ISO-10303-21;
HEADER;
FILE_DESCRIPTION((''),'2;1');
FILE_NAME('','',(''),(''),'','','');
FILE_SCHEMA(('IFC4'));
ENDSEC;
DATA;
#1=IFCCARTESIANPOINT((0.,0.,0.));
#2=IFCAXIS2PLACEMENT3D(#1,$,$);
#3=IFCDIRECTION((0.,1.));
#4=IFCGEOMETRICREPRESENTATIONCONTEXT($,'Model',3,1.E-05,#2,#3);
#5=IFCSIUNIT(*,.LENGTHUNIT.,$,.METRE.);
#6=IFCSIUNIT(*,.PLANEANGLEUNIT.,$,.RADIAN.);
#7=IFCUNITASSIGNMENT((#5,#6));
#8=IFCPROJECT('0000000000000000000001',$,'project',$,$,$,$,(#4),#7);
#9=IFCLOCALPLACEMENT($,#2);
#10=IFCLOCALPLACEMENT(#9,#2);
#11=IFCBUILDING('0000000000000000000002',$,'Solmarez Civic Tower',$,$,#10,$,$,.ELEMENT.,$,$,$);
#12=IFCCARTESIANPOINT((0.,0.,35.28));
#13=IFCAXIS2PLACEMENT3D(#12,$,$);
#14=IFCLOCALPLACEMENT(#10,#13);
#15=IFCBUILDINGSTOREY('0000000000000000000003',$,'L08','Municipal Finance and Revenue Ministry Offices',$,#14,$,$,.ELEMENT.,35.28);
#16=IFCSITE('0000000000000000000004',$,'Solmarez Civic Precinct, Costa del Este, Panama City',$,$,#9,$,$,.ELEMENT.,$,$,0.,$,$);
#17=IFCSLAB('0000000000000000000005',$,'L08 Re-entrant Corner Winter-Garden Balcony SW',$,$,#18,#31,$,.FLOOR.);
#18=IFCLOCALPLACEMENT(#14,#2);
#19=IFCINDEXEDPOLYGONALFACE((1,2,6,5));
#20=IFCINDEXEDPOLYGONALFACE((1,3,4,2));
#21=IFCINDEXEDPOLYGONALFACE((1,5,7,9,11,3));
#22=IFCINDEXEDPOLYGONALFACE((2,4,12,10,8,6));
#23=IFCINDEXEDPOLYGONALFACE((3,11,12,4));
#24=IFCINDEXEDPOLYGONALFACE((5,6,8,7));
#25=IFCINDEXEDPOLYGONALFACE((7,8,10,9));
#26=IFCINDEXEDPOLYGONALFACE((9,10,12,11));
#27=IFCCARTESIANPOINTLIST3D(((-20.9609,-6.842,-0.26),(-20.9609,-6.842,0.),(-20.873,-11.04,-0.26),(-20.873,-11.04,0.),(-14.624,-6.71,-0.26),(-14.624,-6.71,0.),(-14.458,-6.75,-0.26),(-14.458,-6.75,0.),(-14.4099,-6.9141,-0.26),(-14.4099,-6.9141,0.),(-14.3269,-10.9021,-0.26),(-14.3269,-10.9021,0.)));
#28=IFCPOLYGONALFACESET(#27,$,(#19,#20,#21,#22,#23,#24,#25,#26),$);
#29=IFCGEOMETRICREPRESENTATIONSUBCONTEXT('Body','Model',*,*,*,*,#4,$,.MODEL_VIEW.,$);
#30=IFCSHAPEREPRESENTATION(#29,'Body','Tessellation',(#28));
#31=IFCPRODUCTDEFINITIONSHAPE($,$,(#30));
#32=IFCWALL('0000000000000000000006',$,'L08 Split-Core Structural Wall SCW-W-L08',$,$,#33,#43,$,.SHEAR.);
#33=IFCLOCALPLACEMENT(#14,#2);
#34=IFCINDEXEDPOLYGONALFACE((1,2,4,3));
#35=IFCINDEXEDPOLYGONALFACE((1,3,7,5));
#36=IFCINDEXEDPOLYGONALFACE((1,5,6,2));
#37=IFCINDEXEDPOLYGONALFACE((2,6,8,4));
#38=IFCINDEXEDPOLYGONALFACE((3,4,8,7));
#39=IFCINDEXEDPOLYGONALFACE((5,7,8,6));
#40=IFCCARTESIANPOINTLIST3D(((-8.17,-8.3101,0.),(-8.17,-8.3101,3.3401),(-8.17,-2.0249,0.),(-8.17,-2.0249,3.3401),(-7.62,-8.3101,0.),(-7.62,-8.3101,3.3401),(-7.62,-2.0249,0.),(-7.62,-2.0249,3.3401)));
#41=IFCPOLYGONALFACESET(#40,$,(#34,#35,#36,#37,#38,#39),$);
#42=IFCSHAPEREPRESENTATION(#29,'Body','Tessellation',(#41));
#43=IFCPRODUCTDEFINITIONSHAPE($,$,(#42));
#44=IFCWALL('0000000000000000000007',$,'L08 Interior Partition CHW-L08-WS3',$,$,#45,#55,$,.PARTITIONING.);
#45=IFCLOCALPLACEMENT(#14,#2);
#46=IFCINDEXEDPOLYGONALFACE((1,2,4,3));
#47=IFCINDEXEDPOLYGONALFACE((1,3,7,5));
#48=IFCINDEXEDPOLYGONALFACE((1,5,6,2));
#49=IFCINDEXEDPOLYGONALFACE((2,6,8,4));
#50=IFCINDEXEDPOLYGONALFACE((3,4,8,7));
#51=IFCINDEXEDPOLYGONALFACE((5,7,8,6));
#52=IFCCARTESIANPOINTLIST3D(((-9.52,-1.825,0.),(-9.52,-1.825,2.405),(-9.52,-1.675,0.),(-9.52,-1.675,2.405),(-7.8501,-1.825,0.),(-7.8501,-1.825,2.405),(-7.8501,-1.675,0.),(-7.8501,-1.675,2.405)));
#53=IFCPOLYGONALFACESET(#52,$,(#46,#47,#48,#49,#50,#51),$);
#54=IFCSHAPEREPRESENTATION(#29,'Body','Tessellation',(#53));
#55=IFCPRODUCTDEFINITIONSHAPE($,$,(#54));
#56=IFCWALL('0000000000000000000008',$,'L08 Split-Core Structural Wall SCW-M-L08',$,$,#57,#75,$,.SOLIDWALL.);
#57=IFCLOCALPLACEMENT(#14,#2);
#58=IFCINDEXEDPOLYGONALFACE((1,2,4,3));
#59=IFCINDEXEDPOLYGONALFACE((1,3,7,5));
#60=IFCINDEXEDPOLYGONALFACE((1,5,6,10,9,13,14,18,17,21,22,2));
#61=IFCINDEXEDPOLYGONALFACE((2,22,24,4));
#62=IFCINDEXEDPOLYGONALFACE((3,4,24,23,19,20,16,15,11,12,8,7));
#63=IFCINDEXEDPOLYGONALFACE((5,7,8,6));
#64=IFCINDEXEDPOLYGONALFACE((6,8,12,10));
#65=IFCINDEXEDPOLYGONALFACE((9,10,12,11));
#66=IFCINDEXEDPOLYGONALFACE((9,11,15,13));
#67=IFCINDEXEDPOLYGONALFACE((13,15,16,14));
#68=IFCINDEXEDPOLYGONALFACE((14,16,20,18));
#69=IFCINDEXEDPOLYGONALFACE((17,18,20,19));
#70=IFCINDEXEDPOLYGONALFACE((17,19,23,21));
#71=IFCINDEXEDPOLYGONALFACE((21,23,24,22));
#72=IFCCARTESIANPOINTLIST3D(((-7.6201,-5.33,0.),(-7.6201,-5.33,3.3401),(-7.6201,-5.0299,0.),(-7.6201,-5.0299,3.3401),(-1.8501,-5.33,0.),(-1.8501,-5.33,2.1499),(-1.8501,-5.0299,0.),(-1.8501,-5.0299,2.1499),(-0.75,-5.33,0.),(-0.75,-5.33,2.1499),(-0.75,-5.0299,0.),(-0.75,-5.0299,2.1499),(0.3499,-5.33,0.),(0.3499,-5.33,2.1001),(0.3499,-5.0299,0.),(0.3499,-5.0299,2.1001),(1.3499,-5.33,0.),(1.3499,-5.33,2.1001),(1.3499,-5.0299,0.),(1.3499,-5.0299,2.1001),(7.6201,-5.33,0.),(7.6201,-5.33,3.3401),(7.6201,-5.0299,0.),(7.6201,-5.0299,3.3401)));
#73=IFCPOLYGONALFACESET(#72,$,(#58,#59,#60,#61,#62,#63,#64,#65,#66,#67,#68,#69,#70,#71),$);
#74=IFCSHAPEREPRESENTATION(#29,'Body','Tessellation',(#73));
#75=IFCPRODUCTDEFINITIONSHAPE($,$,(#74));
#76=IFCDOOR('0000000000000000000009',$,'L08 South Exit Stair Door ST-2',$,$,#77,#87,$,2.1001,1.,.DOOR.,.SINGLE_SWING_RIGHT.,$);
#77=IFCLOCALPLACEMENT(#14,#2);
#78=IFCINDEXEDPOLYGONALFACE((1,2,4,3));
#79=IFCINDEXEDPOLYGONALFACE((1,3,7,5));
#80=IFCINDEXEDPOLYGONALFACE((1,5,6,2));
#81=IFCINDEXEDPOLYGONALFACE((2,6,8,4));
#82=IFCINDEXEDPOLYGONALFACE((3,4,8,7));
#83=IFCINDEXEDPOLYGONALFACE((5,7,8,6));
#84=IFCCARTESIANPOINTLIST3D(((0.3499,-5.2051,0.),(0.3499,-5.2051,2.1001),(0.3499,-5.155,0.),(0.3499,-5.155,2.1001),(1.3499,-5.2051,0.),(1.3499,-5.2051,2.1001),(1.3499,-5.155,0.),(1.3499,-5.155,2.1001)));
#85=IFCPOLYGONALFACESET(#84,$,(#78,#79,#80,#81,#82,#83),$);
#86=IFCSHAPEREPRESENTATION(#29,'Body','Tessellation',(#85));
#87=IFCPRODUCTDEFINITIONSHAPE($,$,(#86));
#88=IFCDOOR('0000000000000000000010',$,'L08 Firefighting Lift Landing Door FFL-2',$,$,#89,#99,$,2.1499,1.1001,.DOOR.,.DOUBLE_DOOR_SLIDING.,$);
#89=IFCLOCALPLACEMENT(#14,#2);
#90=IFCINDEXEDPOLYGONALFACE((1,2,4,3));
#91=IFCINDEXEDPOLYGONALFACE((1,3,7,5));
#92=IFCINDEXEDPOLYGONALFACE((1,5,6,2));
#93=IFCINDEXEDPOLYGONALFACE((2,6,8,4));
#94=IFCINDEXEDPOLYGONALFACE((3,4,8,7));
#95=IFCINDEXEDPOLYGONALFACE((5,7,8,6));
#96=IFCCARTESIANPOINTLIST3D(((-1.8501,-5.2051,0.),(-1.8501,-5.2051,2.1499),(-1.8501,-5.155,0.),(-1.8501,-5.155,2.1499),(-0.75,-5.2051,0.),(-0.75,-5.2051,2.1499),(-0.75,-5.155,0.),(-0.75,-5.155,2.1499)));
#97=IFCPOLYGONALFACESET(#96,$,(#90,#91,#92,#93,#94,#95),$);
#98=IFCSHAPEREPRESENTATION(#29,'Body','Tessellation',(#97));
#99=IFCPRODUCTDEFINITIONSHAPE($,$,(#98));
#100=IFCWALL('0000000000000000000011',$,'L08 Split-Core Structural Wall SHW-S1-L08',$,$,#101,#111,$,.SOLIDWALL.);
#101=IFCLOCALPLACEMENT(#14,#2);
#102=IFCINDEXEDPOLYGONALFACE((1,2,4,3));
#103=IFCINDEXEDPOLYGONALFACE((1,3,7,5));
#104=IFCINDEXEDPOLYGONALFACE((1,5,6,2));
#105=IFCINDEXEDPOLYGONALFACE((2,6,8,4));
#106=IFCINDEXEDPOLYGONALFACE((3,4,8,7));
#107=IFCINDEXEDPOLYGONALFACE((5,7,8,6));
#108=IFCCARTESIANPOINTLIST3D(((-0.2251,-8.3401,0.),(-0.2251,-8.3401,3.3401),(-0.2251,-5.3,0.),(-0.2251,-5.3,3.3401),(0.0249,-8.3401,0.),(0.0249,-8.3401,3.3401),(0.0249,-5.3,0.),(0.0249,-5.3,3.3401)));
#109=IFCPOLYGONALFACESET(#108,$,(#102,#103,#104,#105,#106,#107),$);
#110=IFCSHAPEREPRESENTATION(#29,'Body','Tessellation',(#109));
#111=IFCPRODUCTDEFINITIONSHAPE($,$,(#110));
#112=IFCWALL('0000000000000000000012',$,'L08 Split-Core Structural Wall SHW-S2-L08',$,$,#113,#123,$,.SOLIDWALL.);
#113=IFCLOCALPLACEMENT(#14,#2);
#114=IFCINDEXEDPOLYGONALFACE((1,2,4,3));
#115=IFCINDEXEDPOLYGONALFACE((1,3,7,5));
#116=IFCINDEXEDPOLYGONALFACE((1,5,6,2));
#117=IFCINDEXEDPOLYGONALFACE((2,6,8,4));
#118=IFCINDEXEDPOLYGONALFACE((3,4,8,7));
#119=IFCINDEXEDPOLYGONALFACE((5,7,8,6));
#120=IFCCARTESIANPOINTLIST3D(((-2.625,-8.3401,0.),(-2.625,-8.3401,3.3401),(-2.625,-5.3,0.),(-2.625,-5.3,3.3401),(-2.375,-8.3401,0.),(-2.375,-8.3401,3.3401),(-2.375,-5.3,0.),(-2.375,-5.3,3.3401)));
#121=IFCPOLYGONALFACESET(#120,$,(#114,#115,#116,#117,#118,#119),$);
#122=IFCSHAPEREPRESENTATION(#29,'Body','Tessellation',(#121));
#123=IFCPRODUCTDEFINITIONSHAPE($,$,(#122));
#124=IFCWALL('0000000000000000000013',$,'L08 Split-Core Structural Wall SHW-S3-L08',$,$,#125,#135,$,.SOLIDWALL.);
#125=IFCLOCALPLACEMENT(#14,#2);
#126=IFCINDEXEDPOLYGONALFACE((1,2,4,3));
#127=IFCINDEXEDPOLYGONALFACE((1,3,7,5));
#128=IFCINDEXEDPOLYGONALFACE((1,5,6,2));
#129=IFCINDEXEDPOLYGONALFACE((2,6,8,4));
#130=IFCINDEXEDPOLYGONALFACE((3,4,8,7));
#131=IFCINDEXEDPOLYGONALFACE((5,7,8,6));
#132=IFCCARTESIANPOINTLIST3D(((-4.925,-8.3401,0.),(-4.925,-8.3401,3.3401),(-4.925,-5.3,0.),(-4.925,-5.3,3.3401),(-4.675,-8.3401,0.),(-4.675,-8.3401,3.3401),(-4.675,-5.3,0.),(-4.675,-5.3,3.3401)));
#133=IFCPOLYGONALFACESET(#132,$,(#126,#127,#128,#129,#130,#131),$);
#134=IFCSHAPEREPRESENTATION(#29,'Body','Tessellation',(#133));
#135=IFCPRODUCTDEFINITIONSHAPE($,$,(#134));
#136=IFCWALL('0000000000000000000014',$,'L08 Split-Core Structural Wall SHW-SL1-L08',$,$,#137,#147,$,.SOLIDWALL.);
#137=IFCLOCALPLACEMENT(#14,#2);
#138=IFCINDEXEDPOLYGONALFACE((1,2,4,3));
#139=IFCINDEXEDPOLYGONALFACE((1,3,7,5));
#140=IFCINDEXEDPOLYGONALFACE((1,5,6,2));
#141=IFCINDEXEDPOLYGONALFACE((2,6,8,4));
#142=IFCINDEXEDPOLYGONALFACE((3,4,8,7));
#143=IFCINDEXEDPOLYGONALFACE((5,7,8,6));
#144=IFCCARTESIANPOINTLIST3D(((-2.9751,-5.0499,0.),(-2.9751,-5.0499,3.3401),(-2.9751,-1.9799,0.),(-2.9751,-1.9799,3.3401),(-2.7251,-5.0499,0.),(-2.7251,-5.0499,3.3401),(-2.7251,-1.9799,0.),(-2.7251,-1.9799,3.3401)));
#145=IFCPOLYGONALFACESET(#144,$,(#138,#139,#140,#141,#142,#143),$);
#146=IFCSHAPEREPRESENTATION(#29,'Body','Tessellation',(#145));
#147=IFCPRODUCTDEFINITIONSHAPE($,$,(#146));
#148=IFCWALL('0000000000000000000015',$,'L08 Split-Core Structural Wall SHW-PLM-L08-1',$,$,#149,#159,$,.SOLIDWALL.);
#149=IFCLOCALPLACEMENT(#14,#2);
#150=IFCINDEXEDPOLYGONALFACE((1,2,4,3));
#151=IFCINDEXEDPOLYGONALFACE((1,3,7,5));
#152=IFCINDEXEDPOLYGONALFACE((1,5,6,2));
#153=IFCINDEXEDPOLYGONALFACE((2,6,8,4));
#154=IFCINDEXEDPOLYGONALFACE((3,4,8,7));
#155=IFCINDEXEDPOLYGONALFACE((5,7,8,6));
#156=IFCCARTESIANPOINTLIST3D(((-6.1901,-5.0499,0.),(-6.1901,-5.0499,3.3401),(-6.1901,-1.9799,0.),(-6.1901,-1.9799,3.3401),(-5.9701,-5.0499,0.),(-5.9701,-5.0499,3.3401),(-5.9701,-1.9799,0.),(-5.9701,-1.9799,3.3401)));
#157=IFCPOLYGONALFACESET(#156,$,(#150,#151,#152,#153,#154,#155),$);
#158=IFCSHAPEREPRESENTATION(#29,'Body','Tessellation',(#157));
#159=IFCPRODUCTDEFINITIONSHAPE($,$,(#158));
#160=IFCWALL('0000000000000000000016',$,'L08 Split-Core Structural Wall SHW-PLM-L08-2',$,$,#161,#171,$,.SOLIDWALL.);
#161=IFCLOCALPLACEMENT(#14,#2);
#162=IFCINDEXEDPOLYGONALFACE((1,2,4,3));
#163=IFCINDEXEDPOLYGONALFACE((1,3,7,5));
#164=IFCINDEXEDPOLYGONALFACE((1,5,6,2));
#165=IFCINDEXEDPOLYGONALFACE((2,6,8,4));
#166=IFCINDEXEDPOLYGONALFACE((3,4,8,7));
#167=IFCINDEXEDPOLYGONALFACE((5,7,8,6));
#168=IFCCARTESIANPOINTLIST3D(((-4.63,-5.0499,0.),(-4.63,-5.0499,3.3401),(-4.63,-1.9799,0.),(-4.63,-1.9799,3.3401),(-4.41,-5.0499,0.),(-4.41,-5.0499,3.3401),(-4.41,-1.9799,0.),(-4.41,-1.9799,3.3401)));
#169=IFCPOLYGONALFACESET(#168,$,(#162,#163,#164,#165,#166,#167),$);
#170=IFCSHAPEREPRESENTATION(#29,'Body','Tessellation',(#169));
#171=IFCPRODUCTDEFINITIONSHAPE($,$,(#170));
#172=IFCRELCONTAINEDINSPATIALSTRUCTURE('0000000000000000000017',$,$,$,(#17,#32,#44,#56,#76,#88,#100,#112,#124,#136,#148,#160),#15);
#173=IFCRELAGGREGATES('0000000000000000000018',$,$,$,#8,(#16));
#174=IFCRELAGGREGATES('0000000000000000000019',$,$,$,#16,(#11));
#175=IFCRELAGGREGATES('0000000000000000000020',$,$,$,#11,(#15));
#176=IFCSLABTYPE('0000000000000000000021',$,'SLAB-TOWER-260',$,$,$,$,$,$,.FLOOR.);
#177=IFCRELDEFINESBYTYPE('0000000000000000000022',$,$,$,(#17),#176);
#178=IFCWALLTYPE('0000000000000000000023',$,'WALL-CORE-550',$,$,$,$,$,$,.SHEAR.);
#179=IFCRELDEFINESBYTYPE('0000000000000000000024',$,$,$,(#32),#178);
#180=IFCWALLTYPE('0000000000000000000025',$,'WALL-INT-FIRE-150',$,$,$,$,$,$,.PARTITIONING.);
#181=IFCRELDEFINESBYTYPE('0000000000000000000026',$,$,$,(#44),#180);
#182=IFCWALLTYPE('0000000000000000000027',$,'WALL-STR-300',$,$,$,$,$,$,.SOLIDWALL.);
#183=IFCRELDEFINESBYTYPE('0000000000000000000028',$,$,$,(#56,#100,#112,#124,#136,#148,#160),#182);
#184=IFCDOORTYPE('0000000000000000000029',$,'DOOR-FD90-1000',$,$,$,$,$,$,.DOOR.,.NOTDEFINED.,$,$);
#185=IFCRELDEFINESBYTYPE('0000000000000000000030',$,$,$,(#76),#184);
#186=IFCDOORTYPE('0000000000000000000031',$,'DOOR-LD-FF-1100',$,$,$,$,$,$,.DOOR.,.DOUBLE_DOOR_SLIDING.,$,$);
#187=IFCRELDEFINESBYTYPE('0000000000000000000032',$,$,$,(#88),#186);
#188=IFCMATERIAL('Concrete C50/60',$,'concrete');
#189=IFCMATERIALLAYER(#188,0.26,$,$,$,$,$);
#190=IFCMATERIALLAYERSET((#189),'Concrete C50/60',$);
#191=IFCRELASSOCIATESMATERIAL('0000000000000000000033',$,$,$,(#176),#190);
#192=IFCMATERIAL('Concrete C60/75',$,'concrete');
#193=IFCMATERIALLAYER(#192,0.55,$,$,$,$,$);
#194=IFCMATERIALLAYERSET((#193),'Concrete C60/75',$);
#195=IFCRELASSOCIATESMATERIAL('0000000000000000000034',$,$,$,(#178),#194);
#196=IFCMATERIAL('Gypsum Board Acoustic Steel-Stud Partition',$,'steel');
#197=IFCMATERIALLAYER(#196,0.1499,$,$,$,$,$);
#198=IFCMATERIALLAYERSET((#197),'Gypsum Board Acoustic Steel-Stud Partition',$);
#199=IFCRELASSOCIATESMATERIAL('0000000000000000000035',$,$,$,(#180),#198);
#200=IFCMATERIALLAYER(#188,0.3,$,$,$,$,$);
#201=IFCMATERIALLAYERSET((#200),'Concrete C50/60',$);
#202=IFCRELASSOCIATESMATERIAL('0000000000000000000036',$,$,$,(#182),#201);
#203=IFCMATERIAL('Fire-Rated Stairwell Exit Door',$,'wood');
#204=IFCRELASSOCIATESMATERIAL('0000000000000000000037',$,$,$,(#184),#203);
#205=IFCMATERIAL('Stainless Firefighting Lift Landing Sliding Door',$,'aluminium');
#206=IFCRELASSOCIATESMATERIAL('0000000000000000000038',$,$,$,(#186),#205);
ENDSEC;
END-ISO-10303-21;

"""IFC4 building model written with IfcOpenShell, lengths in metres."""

from ifc_helpers import new_model, si_unit, direction, frame, frame_2d, origin, place, context, subcontext, project, spatial, polyline, rectangle, outline, extrude, material, layer, layer_set, type_object, element, fill, save


model = new_model("IFC4")

# Units and contexts
model_context = context("Model", 3, precision=1e-05, world=origin(), true_north=direction((0.0, 1.0)))
body_context = subcontext(model_context, "Body", "Model", "MODEL_VIEW")
ifc_project = project(units=[si_unit("LENGTHUNIT", "METRE"), si_unit("PLANEANGLEUNIT", "RADIAN")], contexts=[model_context])

# Site, building, storey
site_placement = place(None, origin())
site = spatial("IfcSite", under=ifc_project, at=site_placement, Name="Solmarez Civic Precinct, Costa del Este, Panama City", CompositionType="ELEMENT", RefElevation=0.0)
building_placement = place(site_placement, origin())
building = spatial("IfcBuilding", under=site, at=building_placement, Name="Solmarez Civic Tower", CompositionType="ELEMENT")
storey_placement = place(building_placement, frame((0.0, 0.0, 35.28)))
storey = spatial("IfcBuildingStorey", under=building, at=storey_placement, Name="L08", Description="Municipal Finance and Revenue Ministry Offices", CompositionType="ELEMENT", Elevation=35.28)

# Shared definitions
ifc_material_1 = material(Name="Concrete C60/75", Category="concrete")

# Slab
ifc_material_2 = material(Name="Concrete C50/60", Category="concrete")
ifc_layer_1 = layer(ifc_material_2, 0.26)
ifc_layer_set_1 = layer_set([ifc_layer_1], Name="Concrete C50/60")
slab_type = type_object("IfcSlabType", Name="SLAB-TOWER-260", PredefinedType="FLOOR", material=ifc_layer_set_1)
slab_1_placement = place(storey_placement, frame((0.0, 0.0, -0.26)))
element("IfcSlab", 1, at=slab_1_placement, inside=storey, type_object=slab_type, Name="L08 Re-entrant Corner Winter-Garden Balcony SW", PredefinedType="FLOOR", context=body_context, shape_type="SweptSolid", body=[
    extrude(outline(polyline([(-14.3269, -10.9021), (-14.4099, -6.9141), (-14.458, -6.75), (-14.624, -6.71), (-20.9609, -6.842), (-20.873, -11.04), (-14.3269, -10.9021)])), origin(), (0.0, 0.0, 1.0), 0.26),
])

# Shared definitions
ifc_layer_2 = layer(ifc_material_1, 0.55)
ifc_layer_set_2 = layer_set([ifc_layer_2], Name="Concrete C60/75")
wall_type_1 = type_object("IfcWallType", Name="WALL-CORE-550", PredefinedType="SHEAR", material=ifc_layer_set_2)

# Walls
wall_1_placement = place(storey_placement, frame((-7.895, -8.3101, 0.0), z_axis=(0.0, 0.0, 1.0), x_axis=(0.0, 1.0, 0.0)))
element("IfcWall", 2, at=wall_1_placement, inside=storey, type_object=wall_type_1, Name="L08 Split-Core Structural Wall SCW-W-L08", PredefinedType="SHEAR", context=body_context, shape_type="SweptSolid", body=[
    extrude(rectangle(XDim=6.2852, YDim=0.55, at=frame_2d((3.1426, 0.0))), origin(), (0.0, 0.0, 1.0), 3.3401),
])
ifc_material_3 = material(Name="Gypsum Board Acoustic Steel-Stud Partition", Category="steel")
ifc_layer_3 = layer(ifc_material_3, 0.1499)
ifc_layer_set_3 = layer_set([ifc_layer_3], Name="Gypsum Board Acoustic Steel-Stud Partition")
wall_type_2 = type_object("IfcWallType", Name="WALL-INT-FIRE-150", PredefinedType="PARTITIONING", material=ifc_layer_set_3)
wall_2_placement = place(storey_placement, frame((-7.8501, -1.75, 0.0), z_axis=(0.0, 0.0, 1.0), x_axis=(-1.0, 0.0, 0.0)))
element("IfcWall", 3, at=wall_2_placement, inside=storey, type_object=wall_type_2, Name="L08 Interior Partition CHW-L08-WS3", PredefinedType="PARTITIONING", context=body_context, shape_type="SweptSolid", body=[
    extrude(rectangle(XDim=1.6699, YDim=0.1499, at=frame_2d((0.835, 0.0))), origin(), (0.0, 0.0, 1.0), 2.405),
])

# Wall, openings, doors
ifc_layer_4 = layer(ifc_material_2, 0.3)
ifc_layer_set_4 = layer_set([ifc_layer_4], Name="Concrete C50/60")
wall_type_3 = type_object("IfcWallType", Name="WALL-STR-300", PredefinedType="SOLIDWALL", material=ifc_layer_set_4)
wall_3_placement = place(storey_placement, frame((-7.6201, -5.1799, 0.0), z_axis=(0.0, 0.0, 1.0), x_axis=(1.0, 0.0, 0.0)))
wall_3 = element("IfcWall", 4, at=wall_3_placement, inside=storey, type_object=wall_type_3, Name="L08 Split-Core Structural Wall SCW-M-L08", PredefinedType="SOLIDWALL", context=body_context, shape_type="SweptSolid", body=[
    extrude(rectangle(XDim=15.2402, YDim=0.3, at=frame_2d((7.6201, 0.0))), origin(), (0.0, 0.0, 1.0), 3.3401),
])
opening_1_placement = place(wall_3_placement, frame((5.77, 0.0, 0.0)))
opening_1 = element("IfcOpeningElement", 5, at=opening_1_placement, cuts=wall_3, PredefinedType="OPENING", context=body_context, shape_type="SweptSolid", body=[
    extrude(rectangle(XDim=1.1001, YDim=2.1499, at=frame_2d((0.55, 1.075))), frame((0.0, 0.1599, 0.0), z_axis=(0.0, -1.0, 0.0), x_axis=(1.0, 0.0, 0.0)), (0.0, 0.0, 1.0), 0.3201),
])
opening_2_placement = place(wall_3_placement, frame((7.97, 0.0, 0.0)))
opening_2 = element("IfcOpeningElement", 6, at=opening_2_placement, cuts=wall_3, PredefinedType="OPENING", context=body_context, shape_type="SweptSolid", body=[
    extrude(rectangle(XDim=1.0, YDim=2.1001, at=frame_2d((0.5, 1.05))), frame((0.0, 0.1599, 0.0), z_axis=(0.0, -1.0, 0.0), x_axis=(1.0, 0.0, 0.0)), (0.0, 0.0, 1.0), 0.3201),
])
ifc_material_4 = material(Name="Fire-Rated Stairwell Exit Door", Category="wood")
door_type_1 = type_object("IfcDoorType", Name="DOOR-FD90-1000", OperationType="NOTDEFINED", PredefinedType="DOOR", material=ifc_material_4)
door_1_placement = place(opening_2_placement, origin())
door_1 = element("IfcDoor", 7, at=door_1_placement, inside=storey, type_object=door_type_1, Name="L08 South Exit Stair Door ST-2", OperationType="SINGLE_SWING_RIGHT", OverallHeight=2.1001, OverallWidth=1.0, PredefinedType="DOOR", context=body_context, shape_type="SweptSolid", body=[
    extrude(rectangle(XDim=1.0, YDim=2.1001, at=frame_2d((0.5, 1.05))), frame((0.0, 0.0249, 0.0), z_axis=(0.0, -1.0, 0.0), x_axis=(1.0, 0.0, 0.0)), (0.0, 0.0, 1.0), 0.05),
])
fill(opening_2, door_1)
ifc_material_5 = material(Name="Stainless Firefighting Lift Landing Sliding Door", Category="aluminium")
door_type_2 = type_object("IfcDoorType", Name="DOOR-LD-FF-1100", OperationType="DOUBLE_DOOR_SLIDING", PredefinedType="DOOR", material=ifc_material_5)
door_2_placement = place(opening_1_placement, origin())
door_2 = element("IfcDoor", 8, at=door_2_placement, inside=storey, type_object=door_type_2, Name="L08 Firefighting Lift Landing Door FFL-2", OperationType="DOUBLE_DOOR_SLIDING", OverallHeight=2.1499, OverallWidth=1.1001, PredefinedType="DOOR", context=body_context, shape_type="SweptSolid", body=[
    extrude(rectangle(XDim=1.1001, YDim=2.1499, at=frame_2d((0.55, 1.075))), frame((0.0, 0.0249, 0.0), z_axis=(0.0, -1.0, 0.0), x_axis=(1.0, 0.0, 0.0)), (0.0, 0.0, 1.0), 0.05),
])
fill(opening_1, door_2)

# Walls
for number, where, z_axis, x_axis, name in (
    (9, (-0.1001, -8.3401, 0.0), (0.0, 0.0, 1.0), (0.0, 1.0, 0.0), "L08 Split-Core Structural Wall SHW-S1-L08"),
    (10, (-2.5, -8.3401, 0.0), (0.0, 0.0, 1.0), (0.0, 1.0, 0.0), "L08 Split-Core Structural Wall SHW-S2-L08"),
    (11, (-4.8, -8.3401, 0.0), (0.0, 0.0, 1.0), (0.0, 1.0, 0.0), "L08 Split-Core Structural Wall SHW-S3-L08"),
):
    element("IfcWall", number, at=place(storey_placement, frame(where, z_axis=z_axis, x_axis=x_axis)), inside=storey, type_object=wall_type_3, Name=name, PredefinedType="SOLIDWALL", context=body_context, shape_type="SweptSolid", body=[
        extrude(rectangle(XDim=3.04, YDim=0.25, at=frame_2d((1.52, 0.0))), origin(), (0.0, 0.0, 1.0), 3.3401),
    ])
wall_4_placement = place(storey_placement, frame((-2.8501, -5.05, 0.0), z_axis=(0.0, 0.0, 1.0), x_axis=(0.0, 1.0, 0.0)))
element("IfcWall", 12, at=wall_4_placement, inside=storey, type_object=wall_type_3, Name="L08 Split-Core Structural Wall SHW-SL1-L08", PredefinedType="SOLIDWALL", context=body_context, shape_type="SweptSolid", body=[
    extrude(rectangle(XDim=3.0701, YDim=0.25, at=frame_2d((1.5352, 0.0))), origin(), (0.0, 0.0, 1.0), 3.3401),
])
for number, where, z_axis, x_axis, name in (
    (13, (-6.0801, -5.05, 0.0), (0.0, 0.0, 1.0), (0.0, 1.0, 0.0), "L08 Split-Core Structural Wall SHW-PLM-L08-1"),
    (14, (-4.52, -5.05, 0.0), (0.0, 0.0, 1.0), (0.0, 1.0, 0.0), "L08 Split-Core Structural Wall SHW-PLM-L08-2"),
):
    element("IfcWall", number, at=place(storey_placement, frame(where, z_axis=z_axis, x_axis=x_axis)), inside=storey, type_object=wall_type_3, Name=name, PredefinedType="SOLIDWALL", context=body_context, shape_type="SweptSolid", body=[
        extrude(rectangle(XDim=3.0701, YDim=0.22, at=frame_2d((1.5352, 0.0))), origin(), (0.0, 0.0, 1.0), 3.3401),
    ])

save(model, "model.ifc")
